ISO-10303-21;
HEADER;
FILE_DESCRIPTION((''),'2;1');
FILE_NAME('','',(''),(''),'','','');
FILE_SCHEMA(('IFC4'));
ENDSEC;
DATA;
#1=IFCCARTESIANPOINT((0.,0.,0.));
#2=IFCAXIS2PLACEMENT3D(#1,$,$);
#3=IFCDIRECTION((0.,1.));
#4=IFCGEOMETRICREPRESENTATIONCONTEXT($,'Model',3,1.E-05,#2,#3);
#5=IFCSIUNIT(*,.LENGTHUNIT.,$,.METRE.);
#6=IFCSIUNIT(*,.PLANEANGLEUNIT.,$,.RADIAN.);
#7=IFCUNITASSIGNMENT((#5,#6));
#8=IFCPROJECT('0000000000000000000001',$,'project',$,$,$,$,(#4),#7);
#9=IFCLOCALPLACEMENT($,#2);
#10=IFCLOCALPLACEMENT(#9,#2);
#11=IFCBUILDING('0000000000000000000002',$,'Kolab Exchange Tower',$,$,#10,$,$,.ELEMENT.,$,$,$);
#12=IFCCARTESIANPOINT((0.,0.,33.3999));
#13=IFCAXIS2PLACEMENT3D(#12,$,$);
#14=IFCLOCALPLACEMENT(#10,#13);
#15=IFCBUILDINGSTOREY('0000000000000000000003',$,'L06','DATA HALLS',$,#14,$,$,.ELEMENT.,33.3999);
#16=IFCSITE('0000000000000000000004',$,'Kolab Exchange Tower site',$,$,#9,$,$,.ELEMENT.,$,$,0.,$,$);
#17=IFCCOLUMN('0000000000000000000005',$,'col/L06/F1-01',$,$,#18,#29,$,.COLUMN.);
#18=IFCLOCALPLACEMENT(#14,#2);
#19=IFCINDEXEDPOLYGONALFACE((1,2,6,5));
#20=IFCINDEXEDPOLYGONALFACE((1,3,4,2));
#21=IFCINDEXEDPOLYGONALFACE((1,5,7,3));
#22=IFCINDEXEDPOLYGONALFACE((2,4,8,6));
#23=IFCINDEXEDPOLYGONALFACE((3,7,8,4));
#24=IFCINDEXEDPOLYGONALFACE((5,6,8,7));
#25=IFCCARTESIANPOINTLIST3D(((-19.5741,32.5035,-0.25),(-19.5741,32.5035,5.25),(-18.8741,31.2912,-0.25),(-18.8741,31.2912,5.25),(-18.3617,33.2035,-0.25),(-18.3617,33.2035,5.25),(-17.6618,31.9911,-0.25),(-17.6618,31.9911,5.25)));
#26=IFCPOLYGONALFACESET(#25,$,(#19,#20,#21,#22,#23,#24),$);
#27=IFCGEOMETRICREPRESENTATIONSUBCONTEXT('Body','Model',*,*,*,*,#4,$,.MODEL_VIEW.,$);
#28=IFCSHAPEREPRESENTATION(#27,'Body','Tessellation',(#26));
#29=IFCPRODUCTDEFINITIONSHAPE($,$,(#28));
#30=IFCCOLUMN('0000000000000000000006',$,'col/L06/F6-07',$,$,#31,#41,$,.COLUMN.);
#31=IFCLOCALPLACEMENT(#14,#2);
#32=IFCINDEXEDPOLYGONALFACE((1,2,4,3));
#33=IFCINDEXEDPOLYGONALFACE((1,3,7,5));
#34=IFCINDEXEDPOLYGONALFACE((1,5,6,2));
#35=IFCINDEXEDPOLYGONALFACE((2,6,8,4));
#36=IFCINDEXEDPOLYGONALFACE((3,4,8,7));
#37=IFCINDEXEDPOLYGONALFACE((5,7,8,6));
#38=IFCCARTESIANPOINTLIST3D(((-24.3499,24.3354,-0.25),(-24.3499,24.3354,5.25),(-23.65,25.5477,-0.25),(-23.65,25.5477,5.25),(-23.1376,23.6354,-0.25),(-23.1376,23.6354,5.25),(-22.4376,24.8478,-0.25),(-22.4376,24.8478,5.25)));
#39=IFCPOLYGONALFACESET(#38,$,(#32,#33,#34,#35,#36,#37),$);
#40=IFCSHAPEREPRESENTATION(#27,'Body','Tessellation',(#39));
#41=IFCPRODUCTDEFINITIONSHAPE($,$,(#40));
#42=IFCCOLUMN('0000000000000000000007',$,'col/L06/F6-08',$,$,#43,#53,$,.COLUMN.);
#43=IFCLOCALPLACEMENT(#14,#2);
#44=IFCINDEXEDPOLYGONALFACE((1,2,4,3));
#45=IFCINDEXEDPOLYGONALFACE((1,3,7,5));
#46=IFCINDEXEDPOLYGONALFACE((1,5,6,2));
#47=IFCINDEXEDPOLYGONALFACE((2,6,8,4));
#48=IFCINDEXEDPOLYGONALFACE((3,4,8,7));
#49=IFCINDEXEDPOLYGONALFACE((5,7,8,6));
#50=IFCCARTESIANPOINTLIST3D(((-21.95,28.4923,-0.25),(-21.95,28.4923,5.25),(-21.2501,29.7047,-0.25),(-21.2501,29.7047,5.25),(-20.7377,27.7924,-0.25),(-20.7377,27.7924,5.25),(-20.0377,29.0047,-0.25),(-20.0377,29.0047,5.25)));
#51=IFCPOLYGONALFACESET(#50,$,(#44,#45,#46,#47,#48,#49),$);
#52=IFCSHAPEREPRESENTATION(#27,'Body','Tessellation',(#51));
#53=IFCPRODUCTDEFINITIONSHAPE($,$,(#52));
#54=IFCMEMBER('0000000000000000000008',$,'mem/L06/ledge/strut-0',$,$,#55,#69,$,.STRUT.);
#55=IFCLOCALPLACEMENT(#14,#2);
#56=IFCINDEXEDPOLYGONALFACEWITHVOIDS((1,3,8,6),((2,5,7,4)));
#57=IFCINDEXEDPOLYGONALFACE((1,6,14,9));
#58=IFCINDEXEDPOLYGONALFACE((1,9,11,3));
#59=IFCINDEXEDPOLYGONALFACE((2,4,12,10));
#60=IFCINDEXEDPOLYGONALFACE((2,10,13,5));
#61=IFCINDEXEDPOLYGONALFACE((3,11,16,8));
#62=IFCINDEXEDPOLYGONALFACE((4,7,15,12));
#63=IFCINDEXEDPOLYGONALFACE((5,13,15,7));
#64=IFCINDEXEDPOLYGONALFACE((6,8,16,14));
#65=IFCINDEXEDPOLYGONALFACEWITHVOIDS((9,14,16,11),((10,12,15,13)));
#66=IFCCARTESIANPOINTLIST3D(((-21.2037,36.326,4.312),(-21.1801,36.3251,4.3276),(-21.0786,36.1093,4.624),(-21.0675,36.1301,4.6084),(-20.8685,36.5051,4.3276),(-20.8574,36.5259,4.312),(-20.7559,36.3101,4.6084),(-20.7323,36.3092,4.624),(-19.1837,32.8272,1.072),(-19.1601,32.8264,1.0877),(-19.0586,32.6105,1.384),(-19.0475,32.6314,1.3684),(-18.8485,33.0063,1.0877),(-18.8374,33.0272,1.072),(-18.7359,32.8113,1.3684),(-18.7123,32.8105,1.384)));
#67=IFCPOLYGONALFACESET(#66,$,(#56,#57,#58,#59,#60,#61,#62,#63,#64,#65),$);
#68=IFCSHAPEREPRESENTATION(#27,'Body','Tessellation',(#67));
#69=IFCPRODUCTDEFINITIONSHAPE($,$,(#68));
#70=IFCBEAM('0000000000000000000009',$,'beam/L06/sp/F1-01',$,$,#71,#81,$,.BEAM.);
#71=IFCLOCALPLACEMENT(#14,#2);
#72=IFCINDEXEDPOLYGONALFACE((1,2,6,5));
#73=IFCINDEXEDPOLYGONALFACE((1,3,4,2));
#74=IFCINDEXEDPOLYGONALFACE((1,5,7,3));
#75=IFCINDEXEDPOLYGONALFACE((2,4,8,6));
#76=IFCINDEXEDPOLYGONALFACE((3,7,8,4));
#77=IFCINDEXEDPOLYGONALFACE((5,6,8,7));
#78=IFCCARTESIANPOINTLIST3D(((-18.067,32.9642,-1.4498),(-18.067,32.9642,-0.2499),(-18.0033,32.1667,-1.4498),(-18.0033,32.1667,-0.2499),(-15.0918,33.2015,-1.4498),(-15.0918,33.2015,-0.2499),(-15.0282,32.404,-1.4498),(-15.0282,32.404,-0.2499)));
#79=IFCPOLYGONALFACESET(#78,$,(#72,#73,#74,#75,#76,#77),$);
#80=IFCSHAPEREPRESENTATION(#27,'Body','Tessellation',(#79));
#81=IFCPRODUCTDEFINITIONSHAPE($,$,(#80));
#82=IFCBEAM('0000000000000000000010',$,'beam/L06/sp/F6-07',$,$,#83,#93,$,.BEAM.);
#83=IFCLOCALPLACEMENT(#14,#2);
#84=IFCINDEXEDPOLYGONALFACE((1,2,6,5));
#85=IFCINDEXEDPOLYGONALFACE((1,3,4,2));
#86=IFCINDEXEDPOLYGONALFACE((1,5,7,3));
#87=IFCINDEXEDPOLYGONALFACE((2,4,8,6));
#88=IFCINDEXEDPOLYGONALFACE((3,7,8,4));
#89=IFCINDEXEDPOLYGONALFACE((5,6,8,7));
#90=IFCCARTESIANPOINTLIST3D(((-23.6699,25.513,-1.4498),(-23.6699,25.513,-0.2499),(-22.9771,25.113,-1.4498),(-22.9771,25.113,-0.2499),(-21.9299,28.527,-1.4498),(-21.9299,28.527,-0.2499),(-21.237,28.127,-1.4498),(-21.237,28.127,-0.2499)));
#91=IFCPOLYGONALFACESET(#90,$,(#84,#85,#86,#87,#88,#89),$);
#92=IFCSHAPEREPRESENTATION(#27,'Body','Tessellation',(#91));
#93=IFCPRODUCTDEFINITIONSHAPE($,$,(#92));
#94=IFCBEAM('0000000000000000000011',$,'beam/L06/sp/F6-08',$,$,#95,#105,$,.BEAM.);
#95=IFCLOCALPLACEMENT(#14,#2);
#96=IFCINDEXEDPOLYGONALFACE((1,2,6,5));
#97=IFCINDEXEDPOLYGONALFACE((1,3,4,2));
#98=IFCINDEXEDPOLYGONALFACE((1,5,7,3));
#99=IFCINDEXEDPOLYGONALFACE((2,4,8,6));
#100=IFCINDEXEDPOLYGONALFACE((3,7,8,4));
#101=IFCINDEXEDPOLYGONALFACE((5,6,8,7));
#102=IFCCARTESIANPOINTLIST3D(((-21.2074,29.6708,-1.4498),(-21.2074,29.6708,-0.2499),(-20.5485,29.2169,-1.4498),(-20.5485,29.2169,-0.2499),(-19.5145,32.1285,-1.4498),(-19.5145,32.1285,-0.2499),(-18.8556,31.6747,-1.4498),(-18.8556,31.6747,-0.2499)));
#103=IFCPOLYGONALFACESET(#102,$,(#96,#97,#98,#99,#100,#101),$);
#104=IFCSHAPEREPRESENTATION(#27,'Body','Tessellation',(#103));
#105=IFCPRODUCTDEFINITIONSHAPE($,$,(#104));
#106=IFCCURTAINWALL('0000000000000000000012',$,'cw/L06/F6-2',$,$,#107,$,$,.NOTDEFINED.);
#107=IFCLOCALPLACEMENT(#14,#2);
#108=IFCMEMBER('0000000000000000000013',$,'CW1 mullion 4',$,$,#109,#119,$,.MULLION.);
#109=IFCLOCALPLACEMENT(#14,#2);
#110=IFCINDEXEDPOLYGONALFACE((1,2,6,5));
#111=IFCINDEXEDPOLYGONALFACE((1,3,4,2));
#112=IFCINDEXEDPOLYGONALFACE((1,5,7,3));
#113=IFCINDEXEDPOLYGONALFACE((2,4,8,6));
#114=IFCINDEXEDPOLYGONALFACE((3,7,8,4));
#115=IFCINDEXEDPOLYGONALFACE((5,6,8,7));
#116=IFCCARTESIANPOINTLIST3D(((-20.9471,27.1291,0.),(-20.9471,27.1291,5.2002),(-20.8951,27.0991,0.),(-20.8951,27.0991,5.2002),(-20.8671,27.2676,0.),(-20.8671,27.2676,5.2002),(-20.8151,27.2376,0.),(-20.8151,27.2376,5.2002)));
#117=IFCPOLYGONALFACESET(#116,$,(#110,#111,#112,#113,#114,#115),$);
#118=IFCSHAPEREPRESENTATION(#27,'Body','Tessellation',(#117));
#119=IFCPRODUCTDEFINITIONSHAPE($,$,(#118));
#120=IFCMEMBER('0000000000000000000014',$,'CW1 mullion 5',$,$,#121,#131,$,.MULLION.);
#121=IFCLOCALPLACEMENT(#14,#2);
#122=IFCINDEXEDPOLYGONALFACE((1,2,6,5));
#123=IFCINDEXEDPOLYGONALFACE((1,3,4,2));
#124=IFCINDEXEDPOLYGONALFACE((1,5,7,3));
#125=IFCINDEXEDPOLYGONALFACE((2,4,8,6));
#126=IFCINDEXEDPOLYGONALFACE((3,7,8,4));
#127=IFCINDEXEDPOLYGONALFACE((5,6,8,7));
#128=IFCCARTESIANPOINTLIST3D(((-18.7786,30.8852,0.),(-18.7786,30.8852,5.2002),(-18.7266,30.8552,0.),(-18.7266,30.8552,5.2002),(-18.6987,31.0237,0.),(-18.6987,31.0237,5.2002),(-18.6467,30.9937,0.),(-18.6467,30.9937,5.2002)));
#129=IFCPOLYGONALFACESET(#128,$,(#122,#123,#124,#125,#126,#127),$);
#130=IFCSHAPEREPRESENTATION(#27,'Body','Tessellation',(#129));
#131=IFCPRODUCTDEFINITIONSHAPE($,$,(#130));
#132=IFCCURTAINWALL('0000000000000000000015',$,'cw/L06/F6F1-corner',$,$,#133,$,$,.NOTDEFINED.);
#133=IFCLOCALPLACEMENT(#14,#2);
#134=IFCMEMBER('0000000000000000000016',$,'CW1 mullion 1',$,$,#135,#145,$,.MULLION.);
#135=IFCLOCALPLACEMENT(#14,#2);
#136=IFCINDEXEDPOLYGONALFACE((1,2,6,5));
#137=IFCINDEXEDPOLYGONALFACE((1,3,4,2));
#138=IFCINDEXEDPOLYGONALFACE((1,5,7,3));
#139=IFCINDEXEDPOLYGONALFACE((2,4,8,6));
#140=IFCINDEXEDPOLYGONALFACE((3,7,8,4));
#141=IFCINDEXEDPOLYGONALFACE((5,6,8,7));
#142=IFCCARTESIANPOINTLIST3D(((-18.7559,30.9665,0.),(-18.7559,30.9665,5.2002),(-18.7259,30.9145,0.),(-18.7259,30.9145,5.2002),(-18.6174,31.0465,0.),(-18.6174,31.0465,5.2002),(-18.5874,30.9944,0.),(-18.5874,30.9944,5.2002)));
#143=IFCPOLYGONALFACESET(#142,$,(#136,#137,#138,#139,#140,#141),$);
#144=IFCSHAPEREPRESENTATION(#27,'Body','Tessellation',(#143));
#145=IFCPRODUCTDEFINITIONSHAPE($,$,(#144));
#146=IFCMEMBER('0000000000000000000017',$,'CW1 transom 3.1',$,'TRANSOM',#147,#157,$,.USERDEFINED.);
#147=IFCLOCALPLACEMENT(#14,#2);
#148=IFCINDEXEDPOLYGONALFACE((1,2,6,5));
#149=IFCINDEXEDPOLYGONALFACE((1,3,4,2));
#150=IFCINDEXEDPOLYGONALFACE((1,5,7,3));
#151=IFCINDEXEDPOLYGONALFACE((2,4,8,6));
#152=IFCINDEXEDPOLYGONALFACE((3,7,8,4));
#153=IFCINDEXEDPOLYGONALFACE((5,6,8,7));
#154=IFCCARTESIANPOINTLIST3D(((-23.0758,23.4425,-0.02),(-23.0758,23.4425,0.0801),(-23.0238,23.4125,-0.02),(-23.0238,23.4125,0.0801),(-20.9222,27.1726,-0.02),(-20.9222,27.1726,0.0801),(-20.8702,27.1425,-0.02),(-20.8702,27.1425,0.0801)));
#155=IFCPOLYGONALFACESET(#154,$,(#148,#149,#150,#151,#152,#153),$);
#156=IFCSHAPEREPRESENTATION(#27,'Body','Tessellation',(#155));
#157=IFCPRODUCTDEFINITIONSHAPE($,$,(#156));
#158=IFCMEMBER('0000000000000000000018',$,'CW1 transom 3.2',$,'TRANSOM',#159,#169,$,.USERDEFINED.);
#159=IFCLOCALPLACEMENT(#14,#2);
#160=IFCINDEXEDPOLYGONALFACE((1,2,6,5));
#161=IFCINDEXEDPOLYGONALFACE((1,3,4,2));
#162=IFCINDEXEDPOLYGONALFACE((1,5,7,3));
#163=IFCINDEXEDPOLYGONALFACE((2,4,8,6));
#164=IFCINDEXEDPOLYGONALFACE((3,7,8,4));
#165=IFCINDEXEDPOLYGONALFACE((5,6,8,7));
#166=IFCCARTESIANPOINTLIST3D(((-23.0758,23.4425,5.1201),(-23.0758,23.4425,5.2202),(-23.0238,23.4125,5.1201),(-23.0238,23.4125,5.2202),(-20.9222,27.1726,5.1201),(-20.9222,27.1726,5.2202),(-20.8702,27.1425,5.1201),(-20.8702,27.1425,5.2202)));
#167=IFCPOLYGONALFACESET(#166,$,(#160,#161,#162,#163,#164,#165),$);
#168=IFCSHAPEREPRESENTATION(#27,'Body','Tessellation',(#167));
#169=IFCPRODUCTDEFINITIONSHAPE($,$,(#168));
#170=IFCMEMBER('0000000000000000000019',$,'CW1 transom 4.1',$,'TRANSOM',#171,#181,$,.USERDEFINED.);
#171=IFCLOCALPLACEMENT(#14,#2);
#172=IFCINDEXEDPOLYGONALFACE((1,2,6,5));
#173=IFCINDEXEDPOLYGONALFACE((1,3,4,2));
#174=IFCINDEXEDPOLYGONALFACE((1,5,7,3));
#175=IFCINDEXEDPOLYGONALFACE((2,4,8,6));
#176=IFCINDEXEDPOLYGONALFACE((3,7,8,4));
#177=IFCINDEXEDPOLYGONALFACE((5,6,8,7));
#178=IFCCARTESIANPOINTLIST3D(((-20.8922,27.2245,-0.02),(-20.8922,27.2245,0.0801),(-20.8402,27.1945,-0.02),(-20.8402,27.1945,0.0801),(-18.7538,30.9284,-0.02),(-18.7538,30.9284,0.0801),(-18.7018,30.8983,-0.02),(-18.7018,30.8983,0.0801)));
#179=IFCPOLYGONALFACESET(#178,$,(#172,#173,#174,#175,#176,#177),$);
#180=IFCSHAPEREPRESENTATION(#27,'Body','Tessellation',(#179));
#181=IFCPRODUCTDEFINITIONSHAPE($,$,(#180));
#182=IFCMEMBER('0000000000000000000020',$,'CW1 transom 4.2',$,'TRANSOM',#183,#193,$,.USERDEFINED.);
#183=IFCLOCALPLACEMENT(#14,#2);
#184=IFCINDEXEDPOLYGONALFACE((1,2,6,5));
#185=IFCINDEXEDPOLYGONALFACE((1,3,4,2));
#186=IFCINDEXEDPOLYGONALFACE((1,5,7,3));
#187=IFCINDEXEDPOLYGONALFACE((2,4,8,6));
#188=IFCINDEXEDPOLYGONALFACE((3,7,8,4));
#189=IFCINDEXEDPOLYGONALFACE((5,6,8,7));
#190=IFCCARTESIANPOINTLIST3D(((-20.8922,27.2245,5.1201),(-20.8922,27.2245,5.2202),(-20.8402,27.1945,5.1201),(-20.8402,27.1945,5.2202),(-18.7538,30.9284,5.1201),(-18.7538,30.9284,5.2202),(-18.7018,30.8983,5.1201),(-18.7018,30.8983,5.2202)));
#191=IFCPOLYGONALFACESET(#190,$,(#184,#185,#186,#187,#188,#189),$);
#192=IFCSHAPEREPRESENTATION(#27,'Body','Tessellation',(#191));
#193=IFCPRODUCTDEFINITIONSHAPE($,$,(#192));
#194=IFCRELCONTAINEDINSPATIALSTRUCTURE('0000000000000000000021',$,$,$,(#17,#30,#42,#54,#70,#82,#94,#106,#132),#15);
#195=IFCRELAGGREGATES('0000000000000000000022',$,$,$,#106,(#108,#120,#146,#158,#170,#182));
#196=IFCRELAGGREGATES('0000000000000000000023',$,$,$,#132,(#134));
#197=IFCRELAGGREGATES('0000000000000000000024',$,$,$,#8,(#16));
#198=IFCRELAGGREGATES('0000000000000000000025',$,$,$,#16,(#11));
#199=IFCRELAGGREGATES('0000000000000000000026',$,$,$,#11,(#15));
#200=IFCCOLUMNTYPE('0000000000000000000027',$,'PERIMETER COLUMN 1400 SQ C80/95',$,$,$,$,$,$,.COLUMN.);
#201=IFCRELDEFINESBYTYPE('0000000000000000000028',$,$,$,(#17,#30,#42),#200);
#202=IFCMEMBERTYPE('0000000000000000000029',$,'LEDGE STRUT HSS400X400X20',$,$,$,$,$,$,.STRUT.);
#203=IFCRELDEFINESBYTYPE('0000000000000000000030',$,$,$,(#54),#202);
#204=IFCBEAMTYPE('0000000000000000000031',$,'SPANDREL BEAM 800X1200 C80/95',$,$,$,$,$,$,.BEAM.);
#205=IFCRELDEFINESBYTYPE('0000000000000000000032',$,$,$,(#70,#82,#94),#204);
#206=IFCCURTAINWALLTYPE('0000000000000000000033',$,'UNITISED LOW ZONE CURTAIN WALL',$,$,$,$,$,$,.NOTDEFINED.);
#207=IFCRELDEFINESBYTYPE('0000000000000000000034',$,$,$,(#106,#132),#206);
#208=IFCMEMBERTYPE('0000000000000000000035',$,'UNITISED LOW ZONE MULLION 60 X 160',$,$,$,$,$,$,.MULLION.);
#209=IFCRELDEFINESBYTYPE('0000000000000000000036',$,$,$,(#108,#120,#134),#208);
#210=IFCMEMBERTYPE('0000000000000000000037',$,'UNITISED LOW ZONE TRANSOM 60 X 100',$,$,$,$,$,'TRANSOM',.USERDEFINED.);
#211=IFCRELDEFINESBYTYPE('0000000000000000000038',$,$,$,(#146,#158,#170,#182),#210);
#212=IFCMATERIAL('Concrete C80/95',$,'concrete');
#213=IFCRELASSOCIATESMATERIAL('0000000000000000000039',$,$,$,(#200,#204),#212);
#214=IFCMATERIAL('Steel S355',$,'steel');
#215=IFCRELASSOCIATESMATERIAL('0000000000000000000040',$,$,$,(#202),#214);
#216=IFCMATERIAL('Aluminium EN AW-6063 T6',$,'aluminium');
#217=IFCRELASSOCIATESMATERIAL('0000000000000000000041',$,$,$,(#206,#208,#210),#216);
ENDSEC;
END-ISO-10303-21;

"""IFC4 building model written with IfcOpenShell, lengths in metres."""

from ifc_helpers import new_model, si_unit, direction, frame, origin, origin_2d, place, context, subcontext, project, spatial, rectangle, hollow_rectangle, extrude, material, material_profile, profile_set, type_object, element, aggregate, save


model = new_model("IFC4")

# Units and contexts
model_context = context("Model", 3, precision=1e-05, world=origin(), true_north=direction((0.0, 1.0)))
body_context = subcontext(model_context, "Body", "Model", "MODEL_VIEW")
ifc_project = project(units=[si_unit("LENGTHUNIT", "METRE"), si_unit("PLANEANGLEUNIT", "RADIAN")], contexts=[model_context])

# Site, building, storey
site_placement = place(None, origin())
site = spatial("IfcSite", under=ifc_project, at=site_placement, Name="Kolab Exchange Tower site", CompositionType="ELEMENT", RefElevation=0.0)
building_placement = place(site_placement, origin())
building = spatial("IfcBuilding", under=site, at=building_placement, Name="Kolab Exchange Tower", CompositionType="ELEMENT")
storey_placement = place(building_placement, frame((0.0, 0.0, 33.3999)))
storey = spatial("IfcBuildingStorey", under=building, at=storey_placement, Name="L06", Description="DATA HALLS", CompositionType="ELEMENT", Elevation=33.3999)

# Columns
ifc_material_1 = material(Name="Concrete C80/95", Category="concrete")
ifc_material_profile_1 = material_profile(ifc_material_1, rectangle(XDim=1.3999, YDim=1.3999, at=origin_2d()), Name="RC1400")
ifc_profile_set_1 = profile_set([ifc_material_profile_1], Name="Concrete C80/95")
column_type = type_object("IfcColumnType", Name="PERIMETER COLUMN 1400 SQ C80/95", PredefinedType="COLUMN", material=ifc_profile_set_1)
for number, where, z_axis, x_axis, name in (
    (1, (-18.6179, 32.2473, -0.25), (0.0, 0.0, 1.0), (0.866025, 0.5, 0.0), "col/L06/F1-01"),
    (2, (-23.3938, 24.5916, -0.25), (0.0, 0.0, 1.0), (0.5, 0.866025, 0.0), "col/L06/F6-07"),
    (3, (-20.9939, 28.7485, -0.25), (0.0, 0.0, 1.0), (0.5, 0.866025, 0.0), "col/L06/F6-08"),
):
    element("IfcColumn", number, at=place(storey_placement, frame(where, z_axis=z_axis, x_axis=x_axis)), inside=storey, type_object=column_type, Name=name, PredefinedType="COLUMN", context=body_context, shape_type="SweptSolid", body=[
        extrude(rectangle(XDim=1.3999, YDim=1.3999, at=origin_2d()), origin(), (0.0, 0.0, 1.0), 5.5),
    ])

# Member
ifc_material_2 = material(Name="Steel S355", Category="steel")
ifc_material_profile_2 = material_profile(ifc_material_2, hollow_rectangle(XDim=0.3999, YDim=0.3999, WallThickness=0.02, at=origin_2d()), Name="HSS400X400X20")
ifc_profile_set_2 = profile_set([ifc_material_profile_2], Name="Steel S355")
member_type_1 = type_object("IfcMemberType", Name="LEDGE STRUT HSS400X400X20", PredefinedType="STRUT", material=ifc_profile_set_2)
member_1_placement = place(storey_placement, frame((-18.948, 32.8188, 1.228), z_axis=(-0.390059, 0.675603, 0.625631), x_axis=(-0.866026, -0.5, 0.0)))
element("IfcMember", 4, at=member_1_placement, inside=storey, type_object=member_type_1, Name="mem/L06/ledge/strut-0", PredefinedType="STRUT", context=body_context, shape_type="SweptSolid", body=[
    extrude(hollow_rectangle(XDim=0.3999, YDim=0.3999, WallThickness=0.02, at=origin_2d()), origin(), (0.0, 0.0, 1.0), 5.1787),
])

# Beams
ifc_material_profile_3 = material_profile(ifc_material_1, rectangle(XDim=0.8, YDim=1.2, at=origin_2d()), Name="RC800X1200")
ifc_profile_set_3 = profile_set([ifc_material_profile_3], Name="Concrete C80/95")
beam_type = type_object("IfcBeamType", Name="SPANDREL BEAM 800X1200 C80/95", PredefinedType="BEAM", material=ifc_profile_set_3)
beam_1_placement = place(storey_placement, frame((-18.0352, 32.5654, -0.8499), z_axis=(0.996834, 0.079511, 0.0), x_axis=(-0.079511, 0.996834, 0.0)))
element("IfcBeam", 5, at=beam_1_placement, inside=storey, type_object=beam_type, Name="beam/L06/sp/F1-01", PredefinedType="BEAM", context=body_context, shape_type="SweptSolid", body=[
    extrude(rectangle(XDim=0.8, YDim=1.2, at=origin_2d()), origin(), (0.0, 0.0, 1.0), 2.9846),
])
beam_2_placement = place(storey_placement, frame((-23.3235, 25.313, -0.8499), z_axis=(0.49998, 0.866037, 0.0), x_axis=(-0.866037, 0.49998, 0.0)))
element("IfcBeam", 6, at=beam_2_placement, inside=storey, type_object=beam_type, Name="beam/L06/sp/F6-07", PredefinedType="BEAM", context=body_context, shape_type="SweptSolid", body=[
    extrude(rectangle(XDim=0.8, YDim=1.2, at=origin_2d()), origin(), (0.0, 0.0, 1.0), 3.4802),
])
beam_3_placement = place(storey_placement, frame((-20.8779, 29.4438, -0.8499), z_axis=(0.567247, 0.823548, 0.0), x_axis=(-0.823548, 0.567247, 0.0)))
element("IfcBeam", 7, at=beam_3_placement, inside=storey, type_object=beam_type, Name="beam/L06/sp/F6-08", PredefinedType="BEAM", context=body_context, shape_type="SweptSolid", body=[
    extrude(rectangle(XDim=0.8, YDim=1.2, at=origin_2d()), origin(), (0.0, 0.0, 1.0), 2.9844),
])

# Curtain wall, members
ifc_material_3 = material(Name="Aluminium EN AW-6063 T6", Category="aluminium")
curtain_wall_type = type_object("IfcCurtainWallType", Name="UNITISED LOW ZONE CURTAIN WALL", PredefinedType="NOTDEFINED", material=ifc_material_3)
curtain_wall_1_placement = place(storey_placement, origin())
curtain_wall_1 = element("IfcCurtainWall", 8, at=curtain_wall_1_placement, inside=storey, type_object=curtain_wall_type, Name="cw/L06/F6-2", PredefinedType="NOTDEFINED")
ifc_material_profile_4 = material_profile(ifc_material_3, rectangle(XDim=0.0601, YDim=0.1599, at=origin_2d()), Name="RECT 60X160")
ifc_profile_set_4 = profile_set([ifc_material_profile_4], Name="Aluminium EN AW-6063 T6")
member_type_2 = type_object("IfcMemberType", Name="UNITISED LOW ZONE MULLION 60 X 160", PredefinedType="MULLION", material=ifc_profile_set_4)
member_2_placement = place(storey_placement, frame((-20.8811, 27.1833, 0.0), z_axis=(0.0, 0.0, 1.0), x_axis=(-0.866025, 0.5, 0.0)))
member_2 = element("IfcMember", 9, at=member_2_placement, type_object=member_type_2, Name="CW1 mullion 4", PredefinedType="MULLION", context=body_context, shape_type="SweptSolid", body=[
    extrude(rectangle(XDim=0.0601, YDim=0.1599, at=origin_2d()), origin(), (0.0, 0.0, 1.0), 5.2002),
])
member_3_placement = place(storey_placement, frame((-18.7126, 30.9395, 0.0), z_axis=(0.0, 0.0, 1.0), x_axis=(-0.866025, 0.5, 0.0)))
member_3 = element("IfcMember", 10, at=member_3_placement, type_object=member_type_2, Name="CW1 mullion 5", PredefinedType="MULLION", context=body_context, shape_type="SweptSolid", body=[
    extrude(rectangle(XDim=0.0601, YDim=0.1599, at=origin_2d()), origin(), (0.0, 0.0, 1.0), 5.2002),
])

# Curtain wall, member
curtain_wall_2_placement = place(storey_placement, origin())
curtain_wall_2 = element("IfcCurtainWall", 11, at=curtain_wall_2_placement, inside=storey, type_object=curtain_wall_type, Name="cw/L06/F6F1-corner", PredefinedType="NOTDEFINED")
member_4_placement = place(storey_placement, frame((-18.6716, 30.9805, 0.0), z_axis=(0.0, 0.0, 1.0), x_axis=(-0.5, 0.866025, 0.0)))
member_4 = element("IfcMember", 12, at=member_4_placement, type_object=member_type_2, Name="CW1 mullion 1", PredefinedType="MULLION", context=body_context, shape_type="SweptSolid", body=[
    extrude(rectangle(XDim=0.0601, YDim=0.1599, at=origin_2d()), origin(), (0.0, 0.0, 1.0), 5.2002),
])

# Members
ifc_material_profile_5 = material_profile(ifc_material_3, rectangle(XDim=0.0601, YDim=0.1001, at=origin_2d()), Name="RECT 60X100")
ifc_profile_set_5 = profile_set([ifc_material_profile_5], Name="Aluminium EN AW-6063 T6")
member_type_3 = type_object("IfcMemberType", Name="UNITISED LOW ZONE TRANSOM 60 X 100", ElementType="TRANSOM", PredefinedType="USERDEFINED", material=ifc_profile_set_5)
member_5_placement = place(storey_placement, frame((-23.0498, 23.4275, 0.03), z_axis=(0.50001, 0.866019, 0.0), x_axis=(-0.866019, 0.50001, 0.0)))
member_5 = element("IfcMember", 13, at=member_5_placement, type_object=member_type_3, Name="CW1 transom 3.1", ObjectType="TRANSOM", PredefinedType="USERDEFINED", context=body_context, shape_type="SweptSolid", body=[
    extrude(rectangle(XDim=0.0601, YDim=0.1001, at=origin_2d()), origin(), (0.0, 0.0, 1.0), 4.3071),
])
member_6_placement = place(storey_placement, frame((-23.0498, 23.4275, 5.1702), z_axis=(0.50001, 0.866019, 0.0), x_axis=(-0.866019, 0.50001, 0.0)))
member_6 = element("IfcMember", 14, at=member_6_placement, type_object=member_type_3, Name="CW1 transom 3.2", ObjectType="TRANSOM", PredefinedType="USERDEFINED", context=body_context, shape_type="SweptSolid", body=[
    extrude(rectangle(XDim=0.0601, YDim=0.1001, at=origin_2d()), origin(), (0.0, 0.0, 1.0), 4.3071),
])
member_7_placement = place(storey_placement, frame((-20.8662, 27.2095, 0.03), z_axis=(0.500001, 0.866025, 0.0), x_axis=(-0.866025, 0.500001, 0.0)))
member_7 = element("IfcMember", 15, at=member_7_placement, type_object=member_type_3, Name="CW1 transom 4.1", ObjectType="TRANSOM", PredefinedType="USERDEFINED", context=body_context, shape_type="SweptSolid", body=[
    extrude(rectangle(XDim=0.0601, YDim=0.1001, at=origin_2d()), origin(), (0.0, 0.0, 1.0), 4.2769),
])
member_8_placement = place(storey_placement, frame((-20.8662, 27.2095, 5.1702), z_axis=(0.500001, 0.866025, 0.0), x_axis=(-0.866025, 0.500001, 0.0)))
member_8 = element("IfcMember", 16, at=member_8_placement, type_object=member_type_3, Name="CW1 transom 4.2", ObjectType="TRANSOM", PredefinedType="USERDEFINED", context=body_context, shape_type="SweptSolid", body=[
    extrude(rectangle(XDim=0.0601, YDim=0.1001, at=origin_2d()), origin(), (0.0, 0.0, 1.0), 4.2769),
])

aggregate(curtain_wall_1, [member_2, member_3, member_5, member_6, member_7, member_8])
aggregate(curtain_wall_2, [member_4])

save(model, "model.ifc")
